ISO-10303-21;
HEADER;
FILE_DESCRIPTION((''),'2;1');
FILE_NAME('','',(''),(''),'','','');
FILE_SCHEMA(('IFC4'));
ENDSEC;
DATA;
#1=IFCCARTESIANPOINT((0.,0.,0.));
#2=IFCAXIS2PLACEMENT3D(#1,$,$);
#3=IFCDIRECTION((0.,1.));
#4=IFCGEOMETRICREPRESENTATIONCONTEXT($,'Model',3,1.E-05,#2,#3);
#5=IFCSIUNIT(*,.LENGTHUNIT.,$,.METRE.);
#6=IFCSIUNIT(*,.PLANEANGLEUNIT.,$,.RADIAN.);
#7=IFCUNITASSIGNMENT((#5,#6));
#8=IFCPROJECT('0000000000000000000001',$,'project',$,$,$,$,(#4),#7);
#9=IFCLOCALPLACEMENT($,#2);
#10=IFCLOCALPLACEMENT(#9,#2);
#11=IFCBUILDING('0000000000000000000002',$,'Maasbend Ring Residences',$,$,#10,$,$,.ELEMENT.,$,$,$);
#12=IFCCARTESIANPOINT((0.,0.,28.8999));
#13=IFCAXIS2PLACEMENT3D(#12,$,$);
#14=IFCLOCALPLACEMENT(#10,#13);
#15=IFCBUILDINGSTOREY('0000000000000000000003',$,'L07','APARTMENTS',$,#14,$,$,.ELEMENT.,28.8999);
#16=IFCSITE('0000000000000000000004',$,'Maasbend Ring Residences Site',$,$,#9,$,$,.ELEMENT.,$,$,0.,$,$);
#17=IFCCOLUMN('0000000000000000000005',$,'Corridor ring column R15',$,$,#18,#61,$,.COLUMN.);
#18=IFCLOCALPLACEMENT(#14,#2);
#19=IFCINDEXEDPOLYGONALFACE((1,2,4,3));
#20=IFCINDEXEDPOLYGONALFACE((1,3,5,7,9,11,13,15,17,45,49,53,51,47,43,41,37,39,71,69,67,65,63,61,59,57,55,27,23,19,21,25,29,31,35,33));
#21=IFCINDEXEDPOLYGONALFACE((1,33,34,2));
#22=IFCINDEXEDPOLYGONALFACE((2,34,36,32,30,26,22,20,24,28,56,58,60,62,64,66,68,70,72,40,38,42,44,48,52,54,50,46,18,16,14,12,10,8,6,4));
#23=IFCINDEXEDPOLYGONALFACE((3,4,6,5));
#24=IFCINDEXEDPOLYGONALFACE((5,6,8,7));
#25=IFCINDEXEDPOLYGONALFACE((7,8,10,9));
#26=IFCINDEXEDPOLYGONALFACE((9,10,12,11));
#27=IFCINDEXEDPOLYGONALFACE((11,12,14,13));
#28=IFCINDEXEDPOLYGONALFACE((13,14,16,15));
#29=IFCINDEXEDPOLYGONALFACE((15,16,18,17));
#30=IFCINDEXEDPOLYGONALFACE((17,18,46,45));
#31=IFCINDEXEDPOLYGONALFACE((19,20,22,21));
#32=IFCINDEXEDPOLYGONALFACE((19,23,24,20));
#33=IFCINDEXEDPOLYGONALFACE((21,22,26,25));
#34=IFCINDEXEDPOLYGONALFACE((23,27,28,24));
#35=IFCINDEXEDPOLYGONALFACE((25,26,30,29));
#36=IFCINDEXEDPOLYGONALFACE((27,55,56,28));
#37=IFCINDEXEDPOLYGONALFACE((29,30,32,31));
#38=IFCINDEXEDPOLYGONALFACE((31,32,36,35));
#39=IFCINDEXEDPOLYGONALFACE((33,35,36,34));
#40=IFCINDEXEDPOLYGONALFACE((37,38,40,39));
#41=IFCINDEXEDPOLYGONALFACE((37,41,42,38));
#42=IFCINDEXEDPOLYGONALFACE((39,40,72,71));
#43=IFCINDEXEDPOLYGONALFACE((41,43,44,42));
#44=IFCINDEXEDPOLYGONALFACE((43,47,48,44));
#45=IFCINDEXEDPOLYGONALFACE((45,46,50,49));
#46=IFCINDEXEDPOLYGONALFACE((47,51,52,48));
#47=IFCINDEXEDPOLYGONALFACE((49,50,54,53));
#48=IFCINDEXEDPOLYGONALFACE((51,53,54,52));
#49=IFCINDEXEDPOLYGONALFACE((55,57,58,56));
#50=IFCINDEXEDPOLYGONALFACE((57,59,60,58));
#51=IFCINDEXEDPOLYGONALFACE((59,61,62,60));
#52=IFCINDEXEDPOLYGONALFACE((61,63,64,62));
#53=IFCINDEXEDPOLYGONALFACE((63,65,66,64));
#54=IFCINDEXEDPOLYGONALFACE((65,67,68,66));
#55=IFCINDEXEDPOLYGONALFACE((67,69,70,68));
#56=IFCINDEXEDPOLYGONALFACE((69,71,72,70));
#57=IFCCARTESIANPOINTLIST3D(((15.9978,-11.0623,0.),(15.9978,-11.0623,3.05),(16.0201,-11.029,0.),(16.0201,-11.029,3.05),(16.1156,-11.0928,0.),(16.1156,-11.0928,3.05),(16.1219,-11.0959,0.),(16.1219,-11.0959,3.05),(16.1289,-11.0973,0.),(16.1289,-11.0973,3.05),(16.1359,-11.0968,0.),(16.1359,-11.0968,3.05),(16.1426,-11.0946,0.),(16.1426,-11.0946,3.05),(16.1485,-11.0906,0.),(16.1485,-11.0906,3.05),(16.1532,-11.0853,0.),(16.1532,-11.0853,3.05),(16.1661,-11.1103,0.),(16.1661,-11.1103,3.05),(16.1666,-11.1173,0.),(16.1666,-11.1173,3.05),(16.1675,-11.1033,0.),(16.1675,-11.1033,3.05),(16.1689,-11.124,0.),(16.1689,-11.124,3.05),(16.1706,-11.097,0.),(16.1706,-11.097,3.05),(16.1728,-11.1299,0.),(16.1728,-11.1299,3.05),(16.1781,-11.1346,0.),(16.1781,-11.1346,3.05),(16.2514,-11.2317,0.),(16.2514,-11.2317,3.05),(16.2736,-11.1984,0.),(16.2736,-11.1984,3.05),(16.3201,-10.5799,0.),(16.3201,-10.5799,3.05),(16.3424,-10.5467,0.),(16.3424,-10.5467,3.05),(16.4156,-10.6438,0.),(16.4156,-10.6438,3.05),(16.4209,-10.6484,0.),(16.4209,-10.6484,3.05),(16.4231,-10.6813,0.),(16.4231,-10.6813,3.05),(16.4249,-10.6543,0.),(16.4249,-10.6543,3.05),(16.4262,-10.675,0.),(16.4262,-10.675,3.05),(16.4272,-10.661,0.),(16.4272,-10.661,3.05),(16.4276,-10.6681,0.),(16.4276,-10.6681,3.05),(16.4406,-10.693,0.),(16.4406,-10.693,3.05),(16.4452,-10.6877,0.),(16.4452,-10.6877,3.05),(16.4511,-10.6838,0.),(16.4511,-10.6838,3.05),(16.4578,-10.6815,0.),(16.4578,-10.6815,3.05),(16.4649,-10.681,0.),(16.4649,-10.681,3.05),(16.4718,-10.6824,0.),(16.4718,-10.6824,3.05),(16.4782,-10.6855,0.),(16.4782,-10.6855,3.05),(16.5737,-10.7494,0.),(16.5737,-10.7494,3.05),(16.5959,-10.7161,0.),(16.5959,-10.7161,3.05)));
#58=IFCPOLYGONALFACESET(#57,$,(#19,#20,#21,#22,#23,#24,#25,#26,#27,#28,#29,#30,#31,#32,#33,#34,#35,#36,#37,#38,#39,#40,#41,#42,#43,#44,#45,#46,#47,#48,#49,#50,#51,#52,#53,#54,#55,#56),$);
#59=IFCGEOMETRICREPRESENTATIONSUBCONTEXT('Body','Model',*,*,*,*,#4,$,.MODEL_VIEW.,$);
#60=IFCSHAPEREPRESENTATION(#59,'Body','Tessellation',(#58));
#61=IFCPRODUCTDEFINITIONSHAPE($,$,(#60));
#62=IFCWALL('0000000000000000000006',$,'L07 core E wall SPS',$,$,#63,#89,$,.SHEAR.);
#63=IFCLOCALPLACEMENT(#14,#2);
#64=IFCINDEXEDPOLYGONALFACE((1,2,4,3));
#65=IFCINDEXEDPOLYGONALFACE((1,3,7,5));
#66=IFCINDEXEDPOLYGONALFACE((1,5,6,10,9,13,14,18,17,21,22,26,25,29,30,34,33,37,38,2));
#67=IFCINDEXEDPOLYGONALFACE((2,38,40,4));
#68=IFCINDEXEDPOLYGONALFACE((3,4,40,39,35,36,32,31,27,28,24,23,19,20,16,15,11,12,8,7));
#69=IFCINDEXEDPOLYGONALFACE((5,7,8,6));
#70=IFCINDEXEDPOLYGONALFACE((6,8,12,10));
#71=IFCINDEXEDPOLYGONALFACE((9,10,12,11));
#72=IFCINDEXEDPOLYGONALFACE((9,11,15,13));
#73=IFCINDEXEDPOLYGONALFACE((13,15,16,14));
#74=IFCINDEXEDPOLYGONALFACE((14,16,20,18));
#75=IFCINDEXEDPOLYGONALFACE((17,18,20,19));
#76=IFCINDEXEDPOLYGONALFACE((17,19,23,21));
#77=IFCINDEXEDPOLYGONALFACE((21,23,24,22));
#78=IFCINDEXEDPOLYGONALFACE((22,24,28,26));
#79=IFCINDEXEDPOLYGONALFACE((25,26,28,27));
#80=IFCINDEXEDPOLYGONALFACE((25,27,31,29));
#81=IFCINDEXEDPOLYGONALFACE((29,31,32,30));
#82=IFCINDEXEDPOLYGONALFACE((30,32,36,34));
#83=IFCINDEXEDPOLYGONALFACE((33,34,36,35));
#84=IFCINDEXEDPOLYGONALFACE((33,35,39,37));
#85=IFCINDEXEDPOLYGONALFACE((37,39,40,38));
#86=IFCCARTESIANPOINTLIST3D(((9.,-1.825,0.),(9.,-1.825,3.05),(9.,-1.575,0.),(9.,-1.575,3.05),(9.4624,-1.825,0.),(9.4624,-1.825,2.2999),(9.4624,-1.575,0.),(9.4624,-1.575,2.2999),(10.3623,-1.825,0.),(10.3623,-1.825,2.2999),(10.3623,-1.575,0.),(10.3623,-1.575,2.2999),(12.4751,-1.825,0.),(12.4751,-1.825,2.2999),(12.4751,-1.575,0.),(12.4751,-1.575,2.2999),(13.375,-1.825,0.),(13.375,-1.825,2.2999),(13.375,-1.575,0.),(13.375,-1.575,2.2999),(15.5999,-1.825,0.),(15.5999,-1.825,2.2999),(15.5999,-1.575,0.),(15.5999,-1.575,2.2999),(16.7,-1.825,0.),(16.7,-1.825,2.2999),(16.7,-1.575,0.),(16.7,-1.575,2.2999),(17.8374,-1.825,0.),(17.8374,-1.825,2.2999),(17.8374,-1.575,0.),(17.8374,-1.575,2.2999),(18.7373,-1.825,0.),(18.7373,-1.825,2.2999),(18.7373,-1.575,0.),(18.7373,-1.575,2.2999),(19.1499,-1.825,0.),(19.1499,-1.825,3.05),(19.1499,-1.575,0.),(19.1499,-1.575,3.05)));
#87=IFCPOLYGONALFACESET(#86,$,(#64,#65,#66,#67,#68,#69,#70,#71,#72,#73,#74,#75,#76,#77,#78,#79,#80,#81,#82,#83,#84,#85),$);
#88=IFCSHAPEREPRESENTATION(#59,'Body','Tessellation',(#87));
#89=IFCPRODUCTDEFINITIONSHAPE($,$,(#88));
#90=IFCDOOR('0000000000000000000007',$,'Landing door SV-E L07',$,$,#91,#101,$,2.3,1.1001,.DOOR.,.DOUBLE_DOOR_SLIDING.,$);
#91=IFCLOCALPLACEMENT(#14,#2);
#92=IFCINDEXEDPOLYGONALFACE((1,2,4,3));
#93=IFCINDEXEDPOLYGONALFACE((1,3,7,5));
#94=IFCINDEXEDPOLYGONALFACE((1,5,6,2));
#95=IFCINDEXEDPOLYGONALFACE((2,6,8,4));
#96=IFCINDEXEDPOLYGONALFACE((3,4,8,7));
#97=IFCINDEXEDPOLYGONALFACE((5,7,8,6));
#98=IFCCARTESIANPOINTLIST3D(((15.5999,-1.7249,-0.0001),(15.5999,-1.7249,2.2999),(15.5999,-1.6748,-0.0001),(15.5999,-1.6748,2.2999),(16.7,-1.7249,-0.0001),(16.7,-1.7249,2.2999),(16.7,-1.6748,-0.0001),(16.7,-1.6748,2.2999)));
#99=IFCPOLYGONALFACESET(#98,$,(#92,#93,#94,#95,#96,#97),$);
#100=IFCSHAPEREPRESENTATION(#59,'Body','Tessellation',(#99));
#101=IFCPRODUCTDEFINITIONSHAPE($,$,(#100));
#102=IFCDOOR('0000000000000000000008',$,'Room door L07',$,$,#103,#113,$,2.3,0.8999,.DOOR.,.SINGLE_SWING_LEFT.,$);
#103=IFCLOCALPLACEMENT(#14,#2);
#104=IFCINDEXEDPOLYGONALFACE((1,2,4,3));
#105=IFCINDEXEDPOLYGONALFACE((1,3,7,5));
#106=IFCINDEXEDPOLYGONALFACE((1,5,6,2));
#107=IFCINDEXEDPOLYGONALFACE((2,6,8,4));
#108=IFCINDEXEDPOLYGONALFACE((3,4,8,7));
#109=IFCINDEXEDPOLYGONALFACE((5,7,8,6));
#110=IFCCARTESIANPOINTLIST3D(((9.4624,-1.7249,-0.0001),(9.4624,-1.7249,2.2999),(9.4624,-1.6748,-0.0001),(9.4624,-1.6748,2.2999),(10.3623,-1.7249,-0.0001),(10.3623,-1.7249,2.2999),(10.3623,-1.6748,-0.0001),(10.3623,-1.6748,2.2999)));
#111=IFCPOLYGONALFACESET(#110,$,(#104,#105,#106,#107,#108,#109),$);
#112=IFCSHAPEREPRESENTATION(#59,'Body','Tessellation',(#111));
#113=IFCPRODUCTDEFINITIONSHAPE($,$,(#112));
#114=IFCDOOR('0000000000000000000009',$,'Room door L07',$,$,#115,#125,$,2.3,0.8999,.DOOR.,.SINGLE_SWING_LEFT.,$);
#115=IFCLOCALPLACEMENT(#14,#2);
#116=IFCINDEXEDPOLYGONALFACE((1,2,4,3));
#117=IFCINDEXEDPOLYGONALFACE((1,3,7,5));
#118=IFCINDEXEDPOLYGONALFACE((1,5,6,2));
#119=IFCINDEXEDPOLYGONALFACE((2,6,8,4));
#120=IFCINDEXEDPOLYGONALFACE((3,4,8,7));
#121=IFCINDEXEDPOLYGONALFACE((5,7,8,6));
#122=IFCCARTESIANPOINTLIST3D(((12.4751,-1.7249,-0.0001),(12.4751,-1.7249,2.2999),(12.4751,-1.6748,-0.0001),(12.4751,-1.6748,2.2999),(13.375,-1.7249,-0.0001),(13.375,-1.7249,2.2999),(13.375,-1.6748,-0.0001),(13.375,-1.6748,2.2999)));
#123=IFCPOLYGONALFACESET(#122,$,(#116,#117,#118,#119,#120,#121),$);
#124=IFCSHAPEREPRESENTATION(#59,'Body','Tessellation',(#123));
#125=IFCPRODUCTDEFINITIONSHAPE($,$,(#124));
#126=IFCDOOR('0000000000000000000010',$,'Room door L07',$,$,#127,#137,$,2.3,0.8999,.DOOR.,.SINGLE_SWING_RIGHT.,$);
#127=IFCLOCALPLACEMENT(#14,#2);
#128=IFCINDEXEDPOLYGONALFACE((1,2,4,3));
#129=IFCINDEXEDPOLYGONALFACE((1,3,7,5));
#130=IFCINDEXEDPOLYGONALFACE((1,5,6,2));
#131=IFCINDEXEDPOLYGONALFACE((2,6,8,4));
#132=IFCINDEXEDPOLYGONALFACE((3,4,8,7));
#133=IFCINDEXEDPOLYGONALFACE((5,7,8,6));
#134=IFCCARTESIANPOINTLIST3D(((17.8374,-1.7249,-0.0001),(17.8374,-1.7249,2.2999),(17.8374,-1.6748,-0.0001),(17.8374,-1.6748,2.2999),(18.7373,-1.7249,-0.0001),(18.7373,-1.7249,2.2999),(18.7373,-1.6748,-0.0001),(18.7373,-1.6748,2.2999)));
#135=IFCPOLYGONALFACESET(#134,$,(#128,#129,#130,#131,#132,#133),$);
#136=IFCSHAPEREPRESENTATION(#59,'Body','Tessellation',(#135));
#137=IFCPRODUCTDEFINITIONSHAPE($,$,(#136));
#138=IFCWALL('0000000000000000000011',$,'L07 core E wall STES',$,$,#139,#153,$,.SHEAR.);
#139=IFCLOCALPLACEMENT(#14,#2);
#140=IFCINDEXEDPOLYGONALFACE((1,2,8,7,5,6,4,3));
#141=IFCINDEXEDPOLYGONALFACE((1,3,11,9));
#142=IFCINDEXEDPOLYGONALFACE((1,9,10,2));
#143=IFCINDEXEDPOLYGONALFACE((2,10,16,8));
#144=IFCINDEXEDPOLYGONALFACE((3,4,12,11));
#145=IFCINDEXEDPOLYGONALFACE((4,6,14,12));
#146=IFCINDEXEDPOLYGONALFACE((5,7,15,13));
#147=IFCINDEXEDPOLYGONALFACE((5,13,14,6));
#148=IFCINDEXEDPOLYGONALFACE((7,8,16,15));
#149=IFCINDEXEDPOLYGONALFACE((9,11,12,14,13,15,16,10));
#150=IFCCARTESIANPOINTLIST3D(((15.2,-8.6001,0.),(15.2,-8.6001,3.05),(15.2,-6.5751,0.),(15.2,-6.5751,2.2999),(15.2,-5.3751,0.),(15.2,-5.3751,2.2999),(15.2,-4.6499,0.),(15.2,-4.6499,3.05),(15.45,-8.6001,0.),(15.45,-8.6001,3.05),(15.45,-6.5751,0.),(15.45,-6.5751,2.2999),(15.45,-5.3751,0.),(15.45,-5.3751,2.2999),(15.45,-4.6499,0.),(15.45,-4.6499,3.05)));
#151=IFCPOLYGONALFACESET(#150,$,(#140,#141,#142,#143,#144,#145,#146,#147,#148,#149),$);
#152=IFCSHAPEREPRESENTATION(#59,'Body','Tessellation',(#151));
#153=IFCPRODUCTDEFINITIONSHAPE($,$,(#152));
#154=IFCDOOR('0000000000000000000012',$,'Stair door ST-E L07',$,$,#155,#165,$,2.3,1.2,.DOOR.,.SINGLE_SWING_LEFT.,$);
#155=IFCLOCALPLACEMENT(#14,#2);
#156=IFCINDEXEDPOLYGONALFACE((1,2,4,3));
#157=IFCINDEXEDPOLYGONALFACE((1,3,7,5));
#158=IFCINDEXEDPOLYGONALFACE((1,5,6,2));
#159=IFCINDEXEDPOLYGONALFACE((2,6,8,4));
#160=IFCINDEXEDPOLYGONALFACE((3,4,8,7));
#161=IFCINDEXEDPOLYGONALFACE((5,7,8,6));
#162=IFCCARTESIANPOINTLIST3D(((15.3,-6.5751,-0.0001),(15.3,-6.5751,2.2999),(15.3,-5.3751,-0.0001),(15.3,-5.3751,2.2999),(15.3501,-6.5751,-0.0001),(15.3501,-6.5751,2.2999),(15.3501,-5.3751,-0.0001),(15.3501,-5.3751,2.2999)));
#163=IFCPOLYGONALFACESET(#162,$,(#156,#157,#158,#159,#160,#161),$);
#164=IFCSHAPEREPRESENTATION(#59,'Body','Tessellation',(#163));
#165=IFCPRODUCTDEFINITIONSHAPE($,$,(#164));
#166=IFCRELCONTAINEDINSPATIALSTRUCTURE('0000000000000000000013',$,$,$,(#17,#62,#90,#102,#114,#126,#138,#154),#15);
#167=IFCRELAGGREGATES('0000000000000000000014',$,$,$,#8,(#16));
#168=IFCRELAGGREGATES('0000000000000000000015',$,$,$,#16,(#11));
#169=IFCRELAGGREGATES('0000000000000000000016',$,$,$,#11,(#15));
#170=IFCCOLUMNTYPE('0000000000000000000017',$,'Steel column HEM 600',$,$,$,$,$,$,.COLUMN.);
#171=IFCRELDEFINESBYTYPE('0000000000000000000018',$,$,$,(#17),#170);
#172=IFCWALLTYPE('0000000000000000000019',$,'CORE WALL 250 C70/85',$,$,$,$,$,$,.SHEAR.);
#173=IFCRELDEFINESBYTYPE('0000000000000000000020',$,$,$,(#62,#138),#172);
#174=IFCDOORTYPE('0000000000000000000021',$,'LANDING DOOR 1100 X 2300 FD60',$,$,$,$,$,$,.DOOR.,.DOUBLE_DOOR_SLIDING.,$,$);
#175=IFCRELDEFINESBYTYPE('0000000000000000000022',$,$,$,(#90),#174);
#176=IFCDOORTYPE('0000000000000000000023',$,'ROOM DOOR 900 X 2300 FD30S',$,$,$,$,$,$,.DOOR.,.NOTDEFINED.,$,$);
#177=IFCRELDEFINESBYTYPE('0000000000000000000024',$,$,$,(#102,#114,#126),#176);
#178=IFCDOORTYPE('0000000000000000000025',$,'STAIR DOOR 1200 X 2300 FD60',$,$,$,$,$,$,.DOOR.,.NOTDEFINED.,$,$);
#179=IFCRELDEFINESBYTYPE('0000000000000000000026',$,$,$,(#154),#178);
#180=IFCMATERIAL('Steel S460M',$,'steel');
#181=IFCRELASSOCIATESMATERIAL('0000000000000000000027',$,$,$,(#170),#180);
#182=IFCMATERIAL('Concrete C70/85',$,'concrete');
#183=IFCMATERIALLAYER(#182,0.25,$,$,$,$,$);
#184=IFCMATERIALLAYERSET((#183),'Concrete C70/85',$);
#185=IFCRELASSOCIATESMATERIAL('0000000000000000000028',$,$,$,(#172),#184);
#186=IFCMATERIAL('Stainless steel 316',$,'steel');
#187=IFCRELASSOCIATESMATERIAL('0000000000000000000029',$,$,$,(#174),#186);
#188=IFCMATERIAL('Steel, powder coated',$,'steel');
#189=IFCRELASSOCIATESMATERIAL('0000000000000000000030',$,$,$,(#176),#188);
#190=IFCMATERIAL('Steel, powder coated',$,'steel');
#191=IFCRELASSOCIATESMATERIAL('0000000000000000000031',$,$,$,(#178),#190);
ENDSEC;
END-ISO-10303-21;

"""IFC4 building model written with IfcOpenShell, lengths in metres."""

from ifc_helpers import new_model, si_unit, direction, frame, frame_2d, origin, origin_2d, place, context, subcontext, project, spatial, rectangle, i_section, extrude, material, layer, layer_set, material_profile, profile_set, type_object, element, fill, save


model = new_model("IFC4")

# Units and contexts
model_context = context("Model", 3, precision=1e-05, world=origin(), true_north=direction((0.0, 1.0)))
body_context = subcontext(model_context, "Body", "Model", "MODEL_VIEW")
ifc_project = project(units=[si_unit("LENGTHUNIT", "METRE"), si_unit("PLANEANGLEUNIT", "RADIAN")], contexts=[model_context])

# Site, building, storey
site_placement = place(None, origin())
site = spatial("IfcSite", under=ifc_project, at=site_placement, Name="Maasbend Ring Residences Site", CompositionType="ELEMENT", RefElevation=0.0)
building_placement = place(site_placement, origin())
building = spatial("IfcBuilding", under=site, at=building_placement, Name="Maasbend Ring Residences", CompositionType="ELEMENT")
storey_placement = place(building_placement, frame((0.0, 0.0, 28.8999)))
storey = spatial("IfcBuildingStorey", under=building, at=storey_placement, Name="L07", Description="APARTMENTS", CompositionType="ELEMENT", Elevation=28.8999)

# Column
ifc_material_1 = material(Name="Steel S460M", Category="steel")
ifc_material_profile = material_profile(ifc_material_1, i_section(OverallWidth=0.3049, OverallDepth=0.6201, WebThickness=0.021, FlangeThickness=0.04, FilletRadius=0.0271, at=origin_2d()), Name="HEM 600")
ifc_profile_set = profile_set([ifc_material_profile], Name="Steel S460M")
column_type = type_object("IfcColumnType", Name="Steel column HEM 600", PredefinedType="COLUMN", material=ifc_profile_set)
column_placement = place(storey_placement, frame((16.2969, -10.8892, 0.0), z_axis=(0.0, 0.0, 1.0), x_axis=(0.83147, -0.55557, 0.0)))
element("IfcColumn", 1, at=column_placement, inside=storey, type_object=column_type, Name="Corridor ring column R15", PredefinedType="COLUMN", context=body_context, shape_type="SweptSolid", body=[
    extrude(i_section(OverallWidth=0.3049, OverallDepth=0.6201, WebThickness=0.021, FlangeThickness=0.04, FilletRadius=0.0271, at=origin_2d()), origin(), (0.0, 0.0, 1.0), 3.05),
])

# Wall, openings, doors
ifc_material_2 = material(Name="Concrete C70/85", Category="concrete")
ifc_layer_1 = layer(ifc_material_2, 0.25)
ifc_layer_set_1 = layer_set([ifc_layer_1], Name="Concrete C70/85")
wall_type_1 = type_object("IfcWallType", Name="CORE WALL 250 C70/85", PredefinedType="SHEAR", material=ifc_layer_set_1)
wall_1_placement = place(storey_placement, frame((19.1499, -1.7, 0.0), z_axis=(0.0, 0.0, 1.0), x_axis=(-1.0, 0.0, 0.0)))
wall_1 = element("IfcWall", 2, at=wall_1_placement, inside=storey, type_object=wall_type_1, Name="L07 core E wall SPS", PredefinedType="SHEAR", context=body_context, shape_type="SweptSolid", body=[
    extrude(rectangle(XDim=10.1499, YDim=0.25, at=frame_2d((5.075, 0.0))), origin(), (0.0, 0.0, 1.0), 3.05),
])
opening_1_placement = place(wall_1_placement, frame((2.45, 0.0, 0.0)))
opening_1 = element("IfcOpeningElement", 3, at=opening_1_placement, cuts=wall_1, PredefinedType="OPENING", context=body_context, shape_type="SweptSolid", body=[
    extrude(rectangle(XDim=1.1001, YDim=2.3, at=frame_2d((0.55, 1.1499))), frame((0.0, 0.135, 0.0), z_axis=(0.0, -1.0, 0.0), x_axis=(1.0, 0.0, 0.0)), (0.0, 0.0, 1.0), 0.27),
])
opening_2_placement = place(wall_1_placement, frame((8.7876, 0.0, 0.0)))
opening_2 = element("IfcOpeningElement", 4, at=opening_2_placement, cuts=wall_1, PredefinedType="OPENING", context=body_context, shape_type="SweptSolid", body=[
    extrude(rectangle(XDim=0.8999, YDim=2.3, at=frame_2d((0.45, 1.1499))), frame((0.0, 0.135, 0.0), z_axis=(0.0, -1.0, 0.0), x_axis=(1.0, 0.0, 0.0)), (0.0, 0.0, 1.0), 0.27),
])
opening_3_placement = place(wall_1_placement, frame((5.7749, 0.0, 0.0)))
opening_3 = element("IfcOpeningElement", 5, at=opening_3_placement, cuts=wall_1, PredefinedType="OPENING", context=body_context, shape_type="SweptSolid", body=[
    extrude(rectangle(XDim=0.8999, YDim=2.3, at=frame_2d((0.45, 1.1499))), frame((0.0, 0.135, 0.0), z_axis=(0.0, -1.0, 0.0), x_axis=(1.0, 0.0, 0.0)), (0.0, 0.0, 1.0), 0.27),
])
opening_4_placement = place(wall_1_placement, frame((0.4126, 0.0, 0.0)))
opening_4 = element("IfcOpeningElement", 6, at=opening_4_placement, cuts=wall_1, PredefinedType="OPENING", context=body_context, shape_type="SweptSolid", body=[
    extrude(rectangle(XDim=0.8999, YDim=2.3, at=frame_2d((0.45, 1.1499))), frame((0.0, 0.135, 0.0), z_axis=(0.0, -1.0, 0.0), x_axis=(1.0, 0.0, 0.0)), (0.0, 0.0, 1.0), 0.27),
])
ifc_material_3 = material(Name="Stainless steel 316", Category="steel")
door_type_1 = type_object("IfcDoorType", Name="LANDING DOOR 1100 X 2300 FD60", OperationType="DOUBLE_DOOR_SLIDING", PredefinedType="DOOR", material=ifc_material_3)
door_1_placement = place(opening_1_placement, origin())
door_1 = element("IfcDoor", 7, at=door_1_placement, inside=storey, type_object=door_type_1, Name="Landing door SV-E L07", OperationType="DOUBLE_DOOR_SLIDING", OverallHeight=2.3, OverallWidth=1.1001, PredefinedType="DOOR", context=body_context, shape_type="SweptSolid", body=[
    extrude(rectangle(XDim=1.1001, YDim=2.3, at=frame_2d((0.55, 1.1499))), frame((0.0, 0.0249, 0.0), z_axis=(0.0, -1.0, 0.0), x_axis=(1.0, 0.0, 0.0)), (0.0, 0.0, 1.0), 0.05),
])
fill(opening_1, door_1)
ifc_material_4 = material(Name="Steel, powder coated", Category="steel")
door_type_2 = type_object("IfcDoorType", Name="ROOM DOOR 900 X 2300 FD30S", OperationType="NOTDEFINED", PredefinedType="DOOR", material=ifc_material_4)
door_2_placement = place(opening_2_placement, origin())
door_2 = element("IfcDoor", 8, at=door_2_placement, inside=storey, type_object=door_type_2, Name="Room door L07", OperationType="SINGLE_SWING_LEFT", OverallHeight=2.3, OverallWidth=0.8999, PredefinedType="DOOR", context=body_context, shape_type="SweptSolid", body=[
    extrude(rectangle(XDim=0.8999, YDim=2.3, at=frame_2d((0.45, 1.1499))), frame((0.0, 0.0249, 0.0), z_axis=(0.0, -1.0, 0.0), x_axis=(1.0, 0.0, 0.0)), (0.0, 0.0, 1.0), 0.05),
])
fill(opening_2, door_2)
door_3_placement = place(opening_3_placement, origin())
door_3 = element("IfcDoor", 9, at=door_3_placement, inside=storey, type_object=door_type_2, Name="Room door L07", OperationType="SINGLE_SWING_LEFT", OverallHeight=2.3, OverallWidth=0.8999, PredefinedType="DOOR", context=body_context, shape_type="SweptSolid", body=[
    extrude(rectangle(XDim=0.8999, YDim=2.3, at=frame_2d((0.45, 1.1499))), frame((0.0, 0.0249, 0.0), z_axis=(0.0, -1.0, 0.0), x_axis=(1.0, 0.0, 0.0)), (0.0, 0.0, 1.0), 0.05),
])
fill(opening_3, door_3)
door_4_placement = place(opening_4_placement, origin())
door_4 = element("IfcDoor", 10, at=door_4_placement, inside=storey, type_object=door_type_2, Name="Room door L07", OperationType="SINGLE_SWING_RIGHT", OverallHeight=2.3, OverallWidth=0.8999, PredefinedType="DOOR", context=body_context, shape_type="SweptSolid", body=[
    extrude(rectangle(XDim=0.8999, YDim=2.3, at=frame_2d((0.45, 1.1499))), frame((0.0, 0.0249, 0.0), z_axis=(0.0, -1.0, 0.0), x_axis=(1.0, 0.0, 0.0)), (0.0, 0.0, 1.0), 0.05),
])
fill(opening_4, door_4)

# Wall, opening, door
wall_2_placement = place(storey_placement, frame((15.325, -8.6001, 0.0), z_axis=(0.0, 0.0, 1.0), x_axis=(0.0, 1.0, 0.0)))
wall_2 = element("IfcWall", 11, at=wall_2_placement, inside=storey, type_object=wall_type_1, Name="L07 core E wall STES", PredefinedType="SHEAR", context=body_context, shape_type="SweptSolid", body=[
    extrude(rectangle(XDim=3.9502, YDim=0.25, at=frame_2d((1.9751, 0.0))), origin(), (0.0, 0.0, 1.0), 3.05),
])
opening_5_placement = place(wall_2_placement, frame((2.0249, 0.0, 0.0)))
opening_5 = element("IfcOpeningElement", 12, at=opening_5_placement, cuts=wall_2, PredefinedType="OPENING", context=body_context, shape_type="SweptSolid", body=[
    extrude(rectangle(XDim=1.2, YDim=2.3, at=frame_2d((0.6001, 1.1499))), frame((0.0, 0.135, 0.0), z_axis=(0.0, -1.0, 0.0), x_axis=(1.0, 0.0, 0.0)), (0.0, 0.0, 1.0), 0.27),
])
ifc_material_5 = material(Name="Steel, powder coated", Category="steel")
door_type_3 = type_object("IfcDoorType", Name="STAIR DOOR 1200 X 2300 FD60", OperationType="NOTDEFINED", PredefinedType="DOOR", material=ifc_material_5)
door_5_placement = place(opening_5_placement, origin())
door_5 = element("IfcDoor", 13, at=door_5_placement, inside=storey, type_object=door_type_3, Name="Stair door ST-E L07", OperationType="SINGLE_SWING_LEFT", OverallHeight=2.3, OverallWidth=1.2, PredefinedType="DOOR", context=body_context, shape_type="SweptSolid", body=[
    extrude(rectangle(XDim=1.2, YDim=2.3, at=frame_2d((0.6001, 1.1499))), frame((0.0, 0.0249, 0.0), z_axis=(0.0, -1.0, 0.0), x_axis=(1.0, 0.0, 0.0)), (0.0, 0.0, 1.0), 0.05),
])
fill(opening_5, door_5)

save(model, "model.ifc")
